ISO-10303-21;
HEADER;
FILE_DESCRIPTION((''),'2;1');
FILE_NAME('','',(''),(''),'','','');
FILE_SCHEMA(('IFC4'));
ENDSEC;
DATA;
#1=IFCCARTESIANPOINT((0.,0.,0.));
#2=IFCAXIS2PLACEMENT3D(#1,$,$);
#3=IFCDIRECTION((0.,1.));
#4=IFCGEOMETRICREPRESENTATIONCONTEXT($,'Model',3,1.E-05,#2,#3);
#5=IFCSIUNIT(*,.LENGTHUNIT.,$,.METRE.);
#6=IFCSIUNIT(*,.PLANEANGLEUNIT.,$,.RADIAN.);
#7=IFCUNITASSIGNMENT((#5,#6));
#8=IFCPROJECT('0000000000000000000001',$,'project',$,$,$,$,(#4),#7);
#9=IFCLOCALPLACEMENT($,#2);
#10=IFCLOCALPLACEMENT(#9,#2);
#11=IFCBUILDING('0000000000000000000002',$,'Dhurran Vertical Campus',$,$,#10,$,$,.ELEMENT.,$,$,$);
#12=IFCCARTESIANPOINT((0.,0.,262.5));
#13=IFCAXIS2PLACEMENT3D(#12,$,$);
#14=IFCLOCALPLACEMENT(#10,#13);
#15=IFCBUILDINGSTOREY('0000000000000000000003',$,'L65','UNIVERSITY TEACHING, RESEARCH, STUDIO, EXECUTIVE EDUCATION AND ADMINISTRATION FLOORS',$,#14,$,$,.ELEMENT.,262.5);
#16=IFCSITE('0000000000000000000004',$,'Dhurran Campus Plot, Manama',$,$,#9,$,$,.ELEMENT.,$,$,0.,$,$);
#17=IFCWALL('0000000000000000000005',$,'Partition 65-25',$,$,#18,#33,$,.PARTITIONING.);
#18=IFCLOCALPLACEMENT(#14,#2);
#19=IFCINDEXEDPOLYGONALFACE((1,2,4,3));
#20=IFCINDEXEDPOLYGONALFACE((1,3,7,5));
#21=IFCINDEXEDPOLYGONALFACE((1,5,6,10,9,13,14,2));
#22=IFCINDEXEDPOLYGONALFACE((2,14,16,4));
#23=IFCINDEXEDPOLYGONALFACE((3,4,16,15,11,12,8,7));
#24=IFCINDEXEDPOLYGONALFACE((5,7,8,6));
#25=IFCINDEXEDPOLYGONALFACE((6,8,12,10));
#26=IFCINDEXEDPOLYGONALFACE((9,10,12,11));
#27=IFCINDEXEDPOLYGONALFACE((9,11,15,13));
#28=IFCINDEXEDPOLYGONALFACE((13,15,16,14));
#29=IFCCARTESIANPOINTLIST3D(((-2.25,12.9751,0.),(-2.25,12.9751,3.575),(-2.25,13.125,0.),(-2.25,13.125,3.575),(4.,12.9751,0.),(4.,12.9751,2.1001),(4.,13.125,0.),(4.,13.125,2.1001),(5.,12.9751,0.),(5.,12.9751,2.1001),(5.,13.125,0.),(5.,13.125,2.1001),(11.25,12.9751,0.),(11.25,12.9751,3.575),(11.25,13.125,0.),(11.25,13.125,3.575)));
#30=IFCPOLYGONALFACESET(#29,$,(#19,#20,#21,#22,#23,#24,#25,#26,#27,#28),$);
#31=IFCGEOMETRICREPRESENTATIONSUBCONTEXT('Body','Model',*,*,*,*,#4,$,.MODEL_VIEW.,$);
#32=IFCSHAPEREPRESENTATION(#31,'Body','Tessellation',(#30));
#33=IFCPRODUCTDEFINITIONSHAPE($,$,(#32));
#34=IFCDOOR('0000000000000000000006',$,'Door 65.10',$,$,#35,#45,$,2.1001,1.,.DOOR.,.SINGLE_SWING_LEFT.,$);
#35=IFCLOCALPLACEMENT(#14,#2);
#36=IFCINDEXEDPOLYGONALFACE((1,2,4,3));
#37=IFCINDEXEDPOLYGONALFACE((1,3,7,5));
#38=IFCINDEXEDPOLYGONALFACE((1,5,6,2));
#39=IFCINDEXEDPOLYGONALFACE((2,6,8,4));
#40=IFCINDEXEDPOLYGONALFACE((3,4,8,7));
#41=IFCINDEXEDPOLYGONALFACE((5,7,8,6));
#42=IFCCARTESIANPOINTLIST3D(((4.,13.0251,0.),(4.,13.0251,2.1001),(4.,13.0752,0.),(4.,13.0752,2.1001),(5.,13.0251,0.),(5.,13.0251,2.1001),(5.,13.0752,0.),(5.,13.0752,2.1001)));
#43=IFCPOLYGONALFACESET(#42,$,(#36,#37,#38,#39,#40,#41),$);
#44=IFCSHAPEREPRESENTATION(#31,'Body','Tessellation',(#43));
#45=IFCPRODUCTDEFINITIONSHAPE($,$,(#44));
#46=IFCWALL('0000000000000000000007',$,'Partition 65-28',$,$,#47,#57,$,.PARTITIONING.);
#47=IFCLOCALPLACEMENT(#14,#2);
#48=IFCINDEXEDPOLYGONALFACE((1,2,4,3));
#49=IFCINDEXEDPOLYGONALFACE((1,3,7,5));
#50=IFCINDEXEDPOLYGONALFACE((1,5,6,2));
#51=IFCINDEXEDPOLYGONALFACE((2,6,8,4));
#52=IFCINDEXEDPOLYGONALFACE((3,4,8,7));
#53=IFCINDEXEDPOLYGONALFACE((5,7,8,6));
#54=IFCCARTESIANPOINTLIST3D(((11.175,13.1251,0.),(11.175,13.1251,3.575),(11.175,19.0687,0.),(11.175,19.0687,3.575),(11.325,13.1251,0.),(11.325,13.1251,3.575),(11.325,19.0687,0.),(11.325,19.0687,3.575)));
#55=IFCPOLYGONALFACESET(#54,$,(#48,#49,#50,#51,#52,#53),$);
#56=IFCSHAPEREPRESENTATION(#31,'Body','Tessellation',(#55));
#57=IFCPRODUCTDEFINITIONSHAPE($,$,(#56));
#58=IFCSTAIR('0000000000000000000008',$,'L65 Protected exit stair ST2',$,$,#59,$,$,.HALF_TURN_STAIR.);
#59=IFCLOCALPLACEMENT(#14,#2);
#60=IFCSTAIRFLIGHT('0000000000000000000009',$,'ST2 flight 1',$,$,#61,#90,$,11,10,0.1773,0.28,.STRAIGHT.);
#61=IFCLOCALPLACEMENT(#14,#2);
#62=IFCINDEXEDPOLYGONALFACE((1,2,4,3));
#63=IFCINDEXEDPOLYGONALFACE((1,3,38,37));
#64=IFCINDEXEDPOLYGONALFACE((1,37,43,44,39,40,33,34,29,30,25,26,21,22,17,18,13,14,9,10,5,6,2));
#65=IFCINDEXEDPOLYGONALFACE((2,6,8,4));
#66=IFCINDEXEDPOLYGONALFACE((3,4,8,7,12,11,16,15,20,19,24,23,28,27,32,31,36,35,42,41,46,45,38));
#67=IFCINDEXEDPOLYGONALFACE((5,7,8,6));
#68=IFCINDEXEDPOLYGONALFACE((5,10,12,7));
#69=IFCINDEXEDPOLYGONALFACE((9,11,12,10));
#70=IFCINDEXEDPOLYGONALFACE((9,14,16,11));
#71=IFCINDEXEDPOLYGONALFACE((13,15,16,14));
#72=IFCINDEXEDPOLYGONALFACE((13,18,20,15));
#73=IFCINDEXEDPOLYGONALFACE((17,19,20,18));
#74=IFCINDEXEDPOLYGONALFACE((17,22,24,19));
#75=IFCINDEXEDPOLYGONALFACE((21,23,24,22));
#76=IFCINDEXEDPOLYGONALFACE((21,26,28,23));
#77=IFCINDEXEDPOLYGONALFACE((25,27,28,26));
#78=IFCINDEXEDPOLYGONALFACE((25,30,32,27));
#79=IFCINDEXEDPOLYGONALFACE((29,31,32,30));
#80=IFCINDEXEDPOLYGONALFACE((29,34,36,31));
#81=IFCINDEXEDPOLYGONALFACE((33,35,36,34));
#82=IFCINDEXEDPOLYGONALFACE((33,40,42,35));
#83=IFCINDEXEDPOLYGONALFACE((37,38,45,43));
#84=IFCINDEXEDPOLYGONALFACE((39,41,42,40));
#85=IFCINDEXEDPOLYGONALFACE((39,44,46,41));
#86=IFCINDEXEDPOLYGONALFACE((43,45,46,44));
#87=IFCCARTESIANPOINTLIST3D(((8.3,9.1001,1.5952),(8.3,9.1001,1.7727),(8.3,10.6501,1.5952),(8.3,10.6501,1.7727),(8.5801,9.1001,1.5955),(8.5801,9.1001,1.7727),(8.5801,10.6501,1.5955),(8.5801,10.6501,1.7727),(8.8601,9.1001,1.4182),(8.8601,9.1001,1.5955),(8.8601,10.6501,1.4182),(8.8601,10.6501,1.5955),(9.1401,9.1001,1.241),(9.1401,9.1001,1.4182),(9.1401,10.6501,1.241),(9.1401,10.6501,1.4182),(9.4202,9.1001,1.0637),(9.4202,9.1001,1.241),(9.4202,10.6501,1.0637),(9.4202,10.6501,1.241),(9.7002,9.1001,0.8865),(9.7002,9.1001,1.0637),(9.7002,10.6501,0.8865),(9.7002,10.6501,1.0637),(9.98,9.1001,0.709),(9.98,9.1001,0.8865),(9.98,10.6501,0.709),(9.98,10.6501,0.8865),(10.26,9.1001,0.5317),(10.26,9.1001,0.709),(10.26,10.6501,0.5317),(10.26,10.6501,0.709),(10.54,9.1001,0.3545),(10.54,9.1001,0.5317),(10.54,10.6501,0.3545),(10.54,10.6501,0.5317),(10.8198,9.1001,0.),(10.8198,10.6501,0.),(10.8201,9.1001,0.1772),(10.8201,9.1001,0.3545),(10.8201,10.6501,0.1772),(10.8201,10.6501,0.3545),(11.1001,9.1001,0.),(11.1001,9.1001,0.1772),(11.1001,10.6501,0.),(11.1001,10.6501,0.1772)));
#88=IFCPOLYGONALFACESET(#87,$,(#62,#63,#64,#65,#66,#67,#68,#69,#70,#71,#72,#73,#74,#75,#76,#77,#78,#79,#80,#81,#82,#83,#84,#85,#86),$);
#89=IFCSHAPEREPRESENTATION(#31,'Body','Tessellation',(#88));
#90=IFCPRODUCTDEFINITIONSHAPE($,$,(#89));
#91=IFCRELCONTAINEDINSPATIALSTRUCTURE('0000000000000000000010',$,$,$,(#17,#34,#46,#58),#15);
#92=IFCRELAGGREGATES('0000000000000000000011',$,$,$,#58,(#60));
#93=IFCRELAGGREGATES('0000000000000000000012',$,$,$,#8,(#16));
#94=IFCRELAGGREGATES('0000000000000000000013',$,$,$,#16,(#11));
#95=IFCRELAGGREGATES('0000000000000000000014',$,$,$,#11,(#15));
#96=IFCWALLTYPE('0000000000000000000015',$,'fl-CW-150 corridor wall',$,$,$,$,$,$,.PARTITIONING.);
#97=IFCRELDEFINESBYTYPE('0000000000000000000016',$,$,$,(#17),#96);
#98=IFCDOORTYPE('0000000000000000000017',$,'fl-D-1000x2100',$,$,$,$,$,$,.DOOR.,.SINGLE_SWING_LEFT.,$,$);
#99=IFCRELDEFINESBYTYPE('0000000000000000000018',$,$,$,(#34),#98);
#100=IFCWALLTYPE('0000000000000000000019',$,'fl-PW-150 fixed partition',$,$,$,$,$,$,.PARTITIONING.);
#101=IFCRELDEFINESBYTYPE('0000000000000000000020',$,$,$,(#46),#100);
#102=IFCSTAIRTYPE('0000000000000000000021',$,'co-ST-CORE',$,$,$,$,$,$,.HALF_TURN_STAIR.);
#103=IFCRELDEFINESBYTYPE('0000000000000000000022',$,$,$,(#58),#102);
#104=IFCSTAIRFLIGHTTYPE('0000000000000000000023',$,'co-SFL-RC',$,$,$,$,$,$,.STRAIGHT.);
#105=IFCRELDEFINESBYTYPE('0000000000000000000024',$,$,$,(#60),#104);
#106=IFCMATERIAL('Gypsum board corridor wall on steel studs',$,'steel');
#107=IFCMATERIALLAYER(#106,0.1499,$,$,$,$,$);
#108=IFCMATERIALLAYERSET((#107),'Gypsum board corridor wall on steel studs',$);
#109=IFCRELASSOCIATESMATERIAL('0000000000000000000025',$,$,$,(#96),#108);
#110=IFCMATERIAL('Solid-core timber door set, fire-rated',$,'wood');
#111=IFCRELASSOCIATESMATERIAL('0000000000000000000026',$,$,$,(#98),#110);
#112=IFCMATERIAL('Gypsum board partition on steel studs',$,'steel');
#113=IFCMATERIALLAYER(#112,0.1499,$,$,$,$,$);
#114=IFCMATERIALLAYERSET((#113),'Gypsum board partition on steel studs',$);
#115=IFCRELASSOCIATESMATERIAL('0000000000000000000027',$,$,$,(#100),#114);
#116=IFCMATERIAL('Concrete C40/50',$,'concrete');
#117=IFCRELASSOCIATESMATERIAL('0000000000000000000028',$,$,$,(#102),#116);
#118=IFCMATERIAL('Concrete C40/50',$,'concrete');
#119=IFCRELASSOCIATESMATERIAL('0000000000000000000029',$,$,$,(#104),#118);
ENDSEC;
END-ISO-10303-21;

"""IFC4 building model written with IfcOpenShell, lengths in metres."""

from ifc_helpers import new_model, si_unit, direction, frame, frame_2d, origin, place, context, subcontext, project, spatial, polyline, rectangle, outline, extrude, material, layer, layer_set, type_object, element, fill, aggregate, save


model = new_model("IFC4")

# Units and contexts
model_context = context("Model", 3, precision=1e-05, world=origin(), true_north=direction((0.0, 1.0)))
body_context = subcontext(model_context, "Body", "Model", "MODEL_VIEW")
ifc_project = project(units=[si_unit("LENGTHUNIT", "METRE"), si_unit("PLANEANGLEUNIT", "RADIAN")], contexts=[model_context])

# Site, building, storey
site_placement = place(None, origin())
site = spatial("IfcSite", under=ifc_project, at=site_placement, Name="Dhurran Campus Plot, Manama", CompositionType="ELEMENT", RefElevation=0.0)
building_placement = place(site_placement, origin())
building = spatial("IfcBuilding", under=site, at=building_placement, Name="Dhurran Vertical Campus", CompositionType="ELEMENT")
storey_placement = place(building_placement, frame((0.0, 0.0, 262.5)))
storey = spatial("IfcBuildingStorey", under=building, at=storey_placement, Name="L65", Description="UNIVERSITY TEACHING, RESEARCH, STUDIO, EXECUTIVE EDUCATION AND ADMINISTRATION FLOORS", CompositionType="ELEMENT", Elevation=262.5)

# Wall, opening, door
ifc_material_1 = material(Name="Gypsum board corridor wall on steel studs", Category="steel")
ifc_layer_1 = layer(ifc_material_1, 0.1499)
ifc_layer_set_1 = layer_set([ifc_layer_1], Name="Gypsum board corridor wall on steel studs")
wall_type_1 = type_object("IfcWallType", Name="fl-CW-150 corridor wall", PredefinedType="PARTITIONING", material=ifc_layer_set_1)
wall_1_placement = place(storey_placement, frame((11.25, 13.05, 0.0), z_axis=(0.0, 0.0, 1.0), x_axis=(-1.0, 0.0, 0.0)))
wall_1 = element("IfcWall", 1, at=wall_1_placement, inside=storey, type_object=wall_type_1, Name="Partition 65-25", PredefinedType="PARTITIONING", context=body_context, shape_type="SweptSolid", body=[
    extrude(rectangle(XDim=13.5, YDim=0.1499, at=frame_2d((6.75, 0.0))), origin(), (0.0, 0.0, 1.0), 3.575),
])
opening_1_placement = place(wall_1_placement, frame((6.25, 0.0, 0.0)))
opening_1 = element("IfcOpeningElement", 2, at=opening_1_placement, cuts=wall_1, PredefinedType="OPENING", context=body_context, shape_type="SweptSolid", body=[
    extrude(rectangle(XDim=1.0, YDim=2.1001, at=frame_2d((0.5, 1.05))), frame((0.0, 0.085, 0.0), z_axis=(0.0, -1.0, 0.0), x_axis=(1.0, 0.0, 0.0)), (0.0, 0.0, 1.0), 0.1699),
])
ifc_material_2 = material(Name="Solid-core timber door set, fire-rated", Category="wood")
door_type_1 = type_object("IfcDoorType", Name="fl-D-1000x2100", OperationType="SINGLE_SWING_LEFT", PredefinedType="DOOR", material=ifc_material_2)
door_1_placement = place(opening_1_placement, origin())
door_1 = element("IfcDoor", 3, at=door_1_placement, inside=storey, type_object=door_type_1, Name="Door 65.10", OperationType="SINGLE_SWING_LEFT", OverallHeight=2.1001, OverallWidth=1.0, PredefinedType="DOOR", context=body_context, shape_type="SweptSolid", body=[
    extrude(rectangle(XDim=1.0, YDim=2.1001, at=frame_2d((0.5, 1.05))), frame((0.0, 0.0249, 0.0), z_axis=(0.0, -1.0, 0.0), x_axis=(1.0, 0.0, 0.0)), (0.0, 0.0, 1.0), 0.05),
])
fill(opening_1, door_1)

# Wall
ifc_material_3 = material(Name="Gypsum board partition on steel studs", Category="steel")
ifc_layer_2 = layer(ifc_material_3, 0.1499)
ifc_layer_set_2 = layer_set([ifc_layer_2], Name="Gypsum board partition on steel studs")
wall_type_2 = type_object("IfcWallType", Name="fl-PW-150 fixed partition", PredefinedType="PARTITIONING", material=ifc_layer_set_2)
wall_2_placement = place(storey_placement, frame((11.25, 19.0686, 0.0), z_axis=(0.0, 0.0, 1.0), x_axis=(0.0, -1.0, 0.0)))
element("IfcWall", 4, at=wall_2_placement, inside=storey, type_object=wall_type_2, Name="Partition 65-28", PredefinedType="PARTITIONING", context=body_context, shape_type="SweptSolid", body=[
    extrude(rectangle(XDim=5.9436, YDim=0.1499, at=frame_2d((2.9717, 0.0))), origin(), (0.0, 0.0, 1.0), 3.575),
])

# Stair, stair flight
ifc_material_4 = material(Name="Concrete C40/50", Category="concrete")
stair_type = type_object("IfcStairType", Name="co-ST-CORE", PredefinedType="HALF_TURN_STAIR", material=ifc_material_4)
stair_placement = place(storey_placement, origin())
stair = element("IfcStair", 5, at=stair_placement, inside=storey, type_object=stair_type, Name="L65 Protected exit stair ST2", PredefinedType="HALF_TURN_STAIR")
ifc_material_5 = material(Name="Concrete C40/50", Category="concrete")
stair_flight_type = type_object("IfcStairFlightType", Name="co-SFL-RC", PredefinedType="STRAIGHT", material=ifc_material_5)
stair_flight_placement = place(storey_placement, frame((11.1001, 9.875, 0.0), z_axis=(0.0, 0.0, 1.0), x_axis=(-1.0, 0.0, 0.0)))
stair_flight = element("IfcStairFlight", 6, at=stair_flight_placement, type_object=stair_flight_type, Name="ST2 flight 1", NumberOfRisers=11, NumberOfTreads=10, PredefinedType="STRAIGHT", RiserHeight=0.1773, TreadLength=0.28, context=body_context, shape_type="SweptSolid", body=[
    extrude(outline(polyline([(0.0, 0.0), (0.0, 0.1772), (0.28, 0.1772), (0.28, 0.3545), (0.5601, 0.3545), (0.5601, 0.5317), (0.8401, 0.5317), (0.8401, 0.709), (1.1201, 0.709), (1.1201, 0.8865), (1.3999, 0.8865), (1.3999, 1.0637), (1.6799, 1.0637), (1.6799, 1.241), (1.96, 1.241), (1.96, 1.4182), (2.24, 1.4182), (2.24, 1.5955), (2.52, 1.5955), (2.52, 1.7727), (2.8, 1.7727), (2.8, 1.95), (2.8, 1.5952), (0.2803, 0.0), (0.0, 0.0)])), frame((0.0, 0.7749, 0.0), z_axis=(0.0, -1.0, 0.0), x_axis=(1.0, 0.0, 0.0)), (0.0, 0.0, 1.0), 1.55),
])
aggregate(stair, [stair_flight])

save(model, "model.ifc")
